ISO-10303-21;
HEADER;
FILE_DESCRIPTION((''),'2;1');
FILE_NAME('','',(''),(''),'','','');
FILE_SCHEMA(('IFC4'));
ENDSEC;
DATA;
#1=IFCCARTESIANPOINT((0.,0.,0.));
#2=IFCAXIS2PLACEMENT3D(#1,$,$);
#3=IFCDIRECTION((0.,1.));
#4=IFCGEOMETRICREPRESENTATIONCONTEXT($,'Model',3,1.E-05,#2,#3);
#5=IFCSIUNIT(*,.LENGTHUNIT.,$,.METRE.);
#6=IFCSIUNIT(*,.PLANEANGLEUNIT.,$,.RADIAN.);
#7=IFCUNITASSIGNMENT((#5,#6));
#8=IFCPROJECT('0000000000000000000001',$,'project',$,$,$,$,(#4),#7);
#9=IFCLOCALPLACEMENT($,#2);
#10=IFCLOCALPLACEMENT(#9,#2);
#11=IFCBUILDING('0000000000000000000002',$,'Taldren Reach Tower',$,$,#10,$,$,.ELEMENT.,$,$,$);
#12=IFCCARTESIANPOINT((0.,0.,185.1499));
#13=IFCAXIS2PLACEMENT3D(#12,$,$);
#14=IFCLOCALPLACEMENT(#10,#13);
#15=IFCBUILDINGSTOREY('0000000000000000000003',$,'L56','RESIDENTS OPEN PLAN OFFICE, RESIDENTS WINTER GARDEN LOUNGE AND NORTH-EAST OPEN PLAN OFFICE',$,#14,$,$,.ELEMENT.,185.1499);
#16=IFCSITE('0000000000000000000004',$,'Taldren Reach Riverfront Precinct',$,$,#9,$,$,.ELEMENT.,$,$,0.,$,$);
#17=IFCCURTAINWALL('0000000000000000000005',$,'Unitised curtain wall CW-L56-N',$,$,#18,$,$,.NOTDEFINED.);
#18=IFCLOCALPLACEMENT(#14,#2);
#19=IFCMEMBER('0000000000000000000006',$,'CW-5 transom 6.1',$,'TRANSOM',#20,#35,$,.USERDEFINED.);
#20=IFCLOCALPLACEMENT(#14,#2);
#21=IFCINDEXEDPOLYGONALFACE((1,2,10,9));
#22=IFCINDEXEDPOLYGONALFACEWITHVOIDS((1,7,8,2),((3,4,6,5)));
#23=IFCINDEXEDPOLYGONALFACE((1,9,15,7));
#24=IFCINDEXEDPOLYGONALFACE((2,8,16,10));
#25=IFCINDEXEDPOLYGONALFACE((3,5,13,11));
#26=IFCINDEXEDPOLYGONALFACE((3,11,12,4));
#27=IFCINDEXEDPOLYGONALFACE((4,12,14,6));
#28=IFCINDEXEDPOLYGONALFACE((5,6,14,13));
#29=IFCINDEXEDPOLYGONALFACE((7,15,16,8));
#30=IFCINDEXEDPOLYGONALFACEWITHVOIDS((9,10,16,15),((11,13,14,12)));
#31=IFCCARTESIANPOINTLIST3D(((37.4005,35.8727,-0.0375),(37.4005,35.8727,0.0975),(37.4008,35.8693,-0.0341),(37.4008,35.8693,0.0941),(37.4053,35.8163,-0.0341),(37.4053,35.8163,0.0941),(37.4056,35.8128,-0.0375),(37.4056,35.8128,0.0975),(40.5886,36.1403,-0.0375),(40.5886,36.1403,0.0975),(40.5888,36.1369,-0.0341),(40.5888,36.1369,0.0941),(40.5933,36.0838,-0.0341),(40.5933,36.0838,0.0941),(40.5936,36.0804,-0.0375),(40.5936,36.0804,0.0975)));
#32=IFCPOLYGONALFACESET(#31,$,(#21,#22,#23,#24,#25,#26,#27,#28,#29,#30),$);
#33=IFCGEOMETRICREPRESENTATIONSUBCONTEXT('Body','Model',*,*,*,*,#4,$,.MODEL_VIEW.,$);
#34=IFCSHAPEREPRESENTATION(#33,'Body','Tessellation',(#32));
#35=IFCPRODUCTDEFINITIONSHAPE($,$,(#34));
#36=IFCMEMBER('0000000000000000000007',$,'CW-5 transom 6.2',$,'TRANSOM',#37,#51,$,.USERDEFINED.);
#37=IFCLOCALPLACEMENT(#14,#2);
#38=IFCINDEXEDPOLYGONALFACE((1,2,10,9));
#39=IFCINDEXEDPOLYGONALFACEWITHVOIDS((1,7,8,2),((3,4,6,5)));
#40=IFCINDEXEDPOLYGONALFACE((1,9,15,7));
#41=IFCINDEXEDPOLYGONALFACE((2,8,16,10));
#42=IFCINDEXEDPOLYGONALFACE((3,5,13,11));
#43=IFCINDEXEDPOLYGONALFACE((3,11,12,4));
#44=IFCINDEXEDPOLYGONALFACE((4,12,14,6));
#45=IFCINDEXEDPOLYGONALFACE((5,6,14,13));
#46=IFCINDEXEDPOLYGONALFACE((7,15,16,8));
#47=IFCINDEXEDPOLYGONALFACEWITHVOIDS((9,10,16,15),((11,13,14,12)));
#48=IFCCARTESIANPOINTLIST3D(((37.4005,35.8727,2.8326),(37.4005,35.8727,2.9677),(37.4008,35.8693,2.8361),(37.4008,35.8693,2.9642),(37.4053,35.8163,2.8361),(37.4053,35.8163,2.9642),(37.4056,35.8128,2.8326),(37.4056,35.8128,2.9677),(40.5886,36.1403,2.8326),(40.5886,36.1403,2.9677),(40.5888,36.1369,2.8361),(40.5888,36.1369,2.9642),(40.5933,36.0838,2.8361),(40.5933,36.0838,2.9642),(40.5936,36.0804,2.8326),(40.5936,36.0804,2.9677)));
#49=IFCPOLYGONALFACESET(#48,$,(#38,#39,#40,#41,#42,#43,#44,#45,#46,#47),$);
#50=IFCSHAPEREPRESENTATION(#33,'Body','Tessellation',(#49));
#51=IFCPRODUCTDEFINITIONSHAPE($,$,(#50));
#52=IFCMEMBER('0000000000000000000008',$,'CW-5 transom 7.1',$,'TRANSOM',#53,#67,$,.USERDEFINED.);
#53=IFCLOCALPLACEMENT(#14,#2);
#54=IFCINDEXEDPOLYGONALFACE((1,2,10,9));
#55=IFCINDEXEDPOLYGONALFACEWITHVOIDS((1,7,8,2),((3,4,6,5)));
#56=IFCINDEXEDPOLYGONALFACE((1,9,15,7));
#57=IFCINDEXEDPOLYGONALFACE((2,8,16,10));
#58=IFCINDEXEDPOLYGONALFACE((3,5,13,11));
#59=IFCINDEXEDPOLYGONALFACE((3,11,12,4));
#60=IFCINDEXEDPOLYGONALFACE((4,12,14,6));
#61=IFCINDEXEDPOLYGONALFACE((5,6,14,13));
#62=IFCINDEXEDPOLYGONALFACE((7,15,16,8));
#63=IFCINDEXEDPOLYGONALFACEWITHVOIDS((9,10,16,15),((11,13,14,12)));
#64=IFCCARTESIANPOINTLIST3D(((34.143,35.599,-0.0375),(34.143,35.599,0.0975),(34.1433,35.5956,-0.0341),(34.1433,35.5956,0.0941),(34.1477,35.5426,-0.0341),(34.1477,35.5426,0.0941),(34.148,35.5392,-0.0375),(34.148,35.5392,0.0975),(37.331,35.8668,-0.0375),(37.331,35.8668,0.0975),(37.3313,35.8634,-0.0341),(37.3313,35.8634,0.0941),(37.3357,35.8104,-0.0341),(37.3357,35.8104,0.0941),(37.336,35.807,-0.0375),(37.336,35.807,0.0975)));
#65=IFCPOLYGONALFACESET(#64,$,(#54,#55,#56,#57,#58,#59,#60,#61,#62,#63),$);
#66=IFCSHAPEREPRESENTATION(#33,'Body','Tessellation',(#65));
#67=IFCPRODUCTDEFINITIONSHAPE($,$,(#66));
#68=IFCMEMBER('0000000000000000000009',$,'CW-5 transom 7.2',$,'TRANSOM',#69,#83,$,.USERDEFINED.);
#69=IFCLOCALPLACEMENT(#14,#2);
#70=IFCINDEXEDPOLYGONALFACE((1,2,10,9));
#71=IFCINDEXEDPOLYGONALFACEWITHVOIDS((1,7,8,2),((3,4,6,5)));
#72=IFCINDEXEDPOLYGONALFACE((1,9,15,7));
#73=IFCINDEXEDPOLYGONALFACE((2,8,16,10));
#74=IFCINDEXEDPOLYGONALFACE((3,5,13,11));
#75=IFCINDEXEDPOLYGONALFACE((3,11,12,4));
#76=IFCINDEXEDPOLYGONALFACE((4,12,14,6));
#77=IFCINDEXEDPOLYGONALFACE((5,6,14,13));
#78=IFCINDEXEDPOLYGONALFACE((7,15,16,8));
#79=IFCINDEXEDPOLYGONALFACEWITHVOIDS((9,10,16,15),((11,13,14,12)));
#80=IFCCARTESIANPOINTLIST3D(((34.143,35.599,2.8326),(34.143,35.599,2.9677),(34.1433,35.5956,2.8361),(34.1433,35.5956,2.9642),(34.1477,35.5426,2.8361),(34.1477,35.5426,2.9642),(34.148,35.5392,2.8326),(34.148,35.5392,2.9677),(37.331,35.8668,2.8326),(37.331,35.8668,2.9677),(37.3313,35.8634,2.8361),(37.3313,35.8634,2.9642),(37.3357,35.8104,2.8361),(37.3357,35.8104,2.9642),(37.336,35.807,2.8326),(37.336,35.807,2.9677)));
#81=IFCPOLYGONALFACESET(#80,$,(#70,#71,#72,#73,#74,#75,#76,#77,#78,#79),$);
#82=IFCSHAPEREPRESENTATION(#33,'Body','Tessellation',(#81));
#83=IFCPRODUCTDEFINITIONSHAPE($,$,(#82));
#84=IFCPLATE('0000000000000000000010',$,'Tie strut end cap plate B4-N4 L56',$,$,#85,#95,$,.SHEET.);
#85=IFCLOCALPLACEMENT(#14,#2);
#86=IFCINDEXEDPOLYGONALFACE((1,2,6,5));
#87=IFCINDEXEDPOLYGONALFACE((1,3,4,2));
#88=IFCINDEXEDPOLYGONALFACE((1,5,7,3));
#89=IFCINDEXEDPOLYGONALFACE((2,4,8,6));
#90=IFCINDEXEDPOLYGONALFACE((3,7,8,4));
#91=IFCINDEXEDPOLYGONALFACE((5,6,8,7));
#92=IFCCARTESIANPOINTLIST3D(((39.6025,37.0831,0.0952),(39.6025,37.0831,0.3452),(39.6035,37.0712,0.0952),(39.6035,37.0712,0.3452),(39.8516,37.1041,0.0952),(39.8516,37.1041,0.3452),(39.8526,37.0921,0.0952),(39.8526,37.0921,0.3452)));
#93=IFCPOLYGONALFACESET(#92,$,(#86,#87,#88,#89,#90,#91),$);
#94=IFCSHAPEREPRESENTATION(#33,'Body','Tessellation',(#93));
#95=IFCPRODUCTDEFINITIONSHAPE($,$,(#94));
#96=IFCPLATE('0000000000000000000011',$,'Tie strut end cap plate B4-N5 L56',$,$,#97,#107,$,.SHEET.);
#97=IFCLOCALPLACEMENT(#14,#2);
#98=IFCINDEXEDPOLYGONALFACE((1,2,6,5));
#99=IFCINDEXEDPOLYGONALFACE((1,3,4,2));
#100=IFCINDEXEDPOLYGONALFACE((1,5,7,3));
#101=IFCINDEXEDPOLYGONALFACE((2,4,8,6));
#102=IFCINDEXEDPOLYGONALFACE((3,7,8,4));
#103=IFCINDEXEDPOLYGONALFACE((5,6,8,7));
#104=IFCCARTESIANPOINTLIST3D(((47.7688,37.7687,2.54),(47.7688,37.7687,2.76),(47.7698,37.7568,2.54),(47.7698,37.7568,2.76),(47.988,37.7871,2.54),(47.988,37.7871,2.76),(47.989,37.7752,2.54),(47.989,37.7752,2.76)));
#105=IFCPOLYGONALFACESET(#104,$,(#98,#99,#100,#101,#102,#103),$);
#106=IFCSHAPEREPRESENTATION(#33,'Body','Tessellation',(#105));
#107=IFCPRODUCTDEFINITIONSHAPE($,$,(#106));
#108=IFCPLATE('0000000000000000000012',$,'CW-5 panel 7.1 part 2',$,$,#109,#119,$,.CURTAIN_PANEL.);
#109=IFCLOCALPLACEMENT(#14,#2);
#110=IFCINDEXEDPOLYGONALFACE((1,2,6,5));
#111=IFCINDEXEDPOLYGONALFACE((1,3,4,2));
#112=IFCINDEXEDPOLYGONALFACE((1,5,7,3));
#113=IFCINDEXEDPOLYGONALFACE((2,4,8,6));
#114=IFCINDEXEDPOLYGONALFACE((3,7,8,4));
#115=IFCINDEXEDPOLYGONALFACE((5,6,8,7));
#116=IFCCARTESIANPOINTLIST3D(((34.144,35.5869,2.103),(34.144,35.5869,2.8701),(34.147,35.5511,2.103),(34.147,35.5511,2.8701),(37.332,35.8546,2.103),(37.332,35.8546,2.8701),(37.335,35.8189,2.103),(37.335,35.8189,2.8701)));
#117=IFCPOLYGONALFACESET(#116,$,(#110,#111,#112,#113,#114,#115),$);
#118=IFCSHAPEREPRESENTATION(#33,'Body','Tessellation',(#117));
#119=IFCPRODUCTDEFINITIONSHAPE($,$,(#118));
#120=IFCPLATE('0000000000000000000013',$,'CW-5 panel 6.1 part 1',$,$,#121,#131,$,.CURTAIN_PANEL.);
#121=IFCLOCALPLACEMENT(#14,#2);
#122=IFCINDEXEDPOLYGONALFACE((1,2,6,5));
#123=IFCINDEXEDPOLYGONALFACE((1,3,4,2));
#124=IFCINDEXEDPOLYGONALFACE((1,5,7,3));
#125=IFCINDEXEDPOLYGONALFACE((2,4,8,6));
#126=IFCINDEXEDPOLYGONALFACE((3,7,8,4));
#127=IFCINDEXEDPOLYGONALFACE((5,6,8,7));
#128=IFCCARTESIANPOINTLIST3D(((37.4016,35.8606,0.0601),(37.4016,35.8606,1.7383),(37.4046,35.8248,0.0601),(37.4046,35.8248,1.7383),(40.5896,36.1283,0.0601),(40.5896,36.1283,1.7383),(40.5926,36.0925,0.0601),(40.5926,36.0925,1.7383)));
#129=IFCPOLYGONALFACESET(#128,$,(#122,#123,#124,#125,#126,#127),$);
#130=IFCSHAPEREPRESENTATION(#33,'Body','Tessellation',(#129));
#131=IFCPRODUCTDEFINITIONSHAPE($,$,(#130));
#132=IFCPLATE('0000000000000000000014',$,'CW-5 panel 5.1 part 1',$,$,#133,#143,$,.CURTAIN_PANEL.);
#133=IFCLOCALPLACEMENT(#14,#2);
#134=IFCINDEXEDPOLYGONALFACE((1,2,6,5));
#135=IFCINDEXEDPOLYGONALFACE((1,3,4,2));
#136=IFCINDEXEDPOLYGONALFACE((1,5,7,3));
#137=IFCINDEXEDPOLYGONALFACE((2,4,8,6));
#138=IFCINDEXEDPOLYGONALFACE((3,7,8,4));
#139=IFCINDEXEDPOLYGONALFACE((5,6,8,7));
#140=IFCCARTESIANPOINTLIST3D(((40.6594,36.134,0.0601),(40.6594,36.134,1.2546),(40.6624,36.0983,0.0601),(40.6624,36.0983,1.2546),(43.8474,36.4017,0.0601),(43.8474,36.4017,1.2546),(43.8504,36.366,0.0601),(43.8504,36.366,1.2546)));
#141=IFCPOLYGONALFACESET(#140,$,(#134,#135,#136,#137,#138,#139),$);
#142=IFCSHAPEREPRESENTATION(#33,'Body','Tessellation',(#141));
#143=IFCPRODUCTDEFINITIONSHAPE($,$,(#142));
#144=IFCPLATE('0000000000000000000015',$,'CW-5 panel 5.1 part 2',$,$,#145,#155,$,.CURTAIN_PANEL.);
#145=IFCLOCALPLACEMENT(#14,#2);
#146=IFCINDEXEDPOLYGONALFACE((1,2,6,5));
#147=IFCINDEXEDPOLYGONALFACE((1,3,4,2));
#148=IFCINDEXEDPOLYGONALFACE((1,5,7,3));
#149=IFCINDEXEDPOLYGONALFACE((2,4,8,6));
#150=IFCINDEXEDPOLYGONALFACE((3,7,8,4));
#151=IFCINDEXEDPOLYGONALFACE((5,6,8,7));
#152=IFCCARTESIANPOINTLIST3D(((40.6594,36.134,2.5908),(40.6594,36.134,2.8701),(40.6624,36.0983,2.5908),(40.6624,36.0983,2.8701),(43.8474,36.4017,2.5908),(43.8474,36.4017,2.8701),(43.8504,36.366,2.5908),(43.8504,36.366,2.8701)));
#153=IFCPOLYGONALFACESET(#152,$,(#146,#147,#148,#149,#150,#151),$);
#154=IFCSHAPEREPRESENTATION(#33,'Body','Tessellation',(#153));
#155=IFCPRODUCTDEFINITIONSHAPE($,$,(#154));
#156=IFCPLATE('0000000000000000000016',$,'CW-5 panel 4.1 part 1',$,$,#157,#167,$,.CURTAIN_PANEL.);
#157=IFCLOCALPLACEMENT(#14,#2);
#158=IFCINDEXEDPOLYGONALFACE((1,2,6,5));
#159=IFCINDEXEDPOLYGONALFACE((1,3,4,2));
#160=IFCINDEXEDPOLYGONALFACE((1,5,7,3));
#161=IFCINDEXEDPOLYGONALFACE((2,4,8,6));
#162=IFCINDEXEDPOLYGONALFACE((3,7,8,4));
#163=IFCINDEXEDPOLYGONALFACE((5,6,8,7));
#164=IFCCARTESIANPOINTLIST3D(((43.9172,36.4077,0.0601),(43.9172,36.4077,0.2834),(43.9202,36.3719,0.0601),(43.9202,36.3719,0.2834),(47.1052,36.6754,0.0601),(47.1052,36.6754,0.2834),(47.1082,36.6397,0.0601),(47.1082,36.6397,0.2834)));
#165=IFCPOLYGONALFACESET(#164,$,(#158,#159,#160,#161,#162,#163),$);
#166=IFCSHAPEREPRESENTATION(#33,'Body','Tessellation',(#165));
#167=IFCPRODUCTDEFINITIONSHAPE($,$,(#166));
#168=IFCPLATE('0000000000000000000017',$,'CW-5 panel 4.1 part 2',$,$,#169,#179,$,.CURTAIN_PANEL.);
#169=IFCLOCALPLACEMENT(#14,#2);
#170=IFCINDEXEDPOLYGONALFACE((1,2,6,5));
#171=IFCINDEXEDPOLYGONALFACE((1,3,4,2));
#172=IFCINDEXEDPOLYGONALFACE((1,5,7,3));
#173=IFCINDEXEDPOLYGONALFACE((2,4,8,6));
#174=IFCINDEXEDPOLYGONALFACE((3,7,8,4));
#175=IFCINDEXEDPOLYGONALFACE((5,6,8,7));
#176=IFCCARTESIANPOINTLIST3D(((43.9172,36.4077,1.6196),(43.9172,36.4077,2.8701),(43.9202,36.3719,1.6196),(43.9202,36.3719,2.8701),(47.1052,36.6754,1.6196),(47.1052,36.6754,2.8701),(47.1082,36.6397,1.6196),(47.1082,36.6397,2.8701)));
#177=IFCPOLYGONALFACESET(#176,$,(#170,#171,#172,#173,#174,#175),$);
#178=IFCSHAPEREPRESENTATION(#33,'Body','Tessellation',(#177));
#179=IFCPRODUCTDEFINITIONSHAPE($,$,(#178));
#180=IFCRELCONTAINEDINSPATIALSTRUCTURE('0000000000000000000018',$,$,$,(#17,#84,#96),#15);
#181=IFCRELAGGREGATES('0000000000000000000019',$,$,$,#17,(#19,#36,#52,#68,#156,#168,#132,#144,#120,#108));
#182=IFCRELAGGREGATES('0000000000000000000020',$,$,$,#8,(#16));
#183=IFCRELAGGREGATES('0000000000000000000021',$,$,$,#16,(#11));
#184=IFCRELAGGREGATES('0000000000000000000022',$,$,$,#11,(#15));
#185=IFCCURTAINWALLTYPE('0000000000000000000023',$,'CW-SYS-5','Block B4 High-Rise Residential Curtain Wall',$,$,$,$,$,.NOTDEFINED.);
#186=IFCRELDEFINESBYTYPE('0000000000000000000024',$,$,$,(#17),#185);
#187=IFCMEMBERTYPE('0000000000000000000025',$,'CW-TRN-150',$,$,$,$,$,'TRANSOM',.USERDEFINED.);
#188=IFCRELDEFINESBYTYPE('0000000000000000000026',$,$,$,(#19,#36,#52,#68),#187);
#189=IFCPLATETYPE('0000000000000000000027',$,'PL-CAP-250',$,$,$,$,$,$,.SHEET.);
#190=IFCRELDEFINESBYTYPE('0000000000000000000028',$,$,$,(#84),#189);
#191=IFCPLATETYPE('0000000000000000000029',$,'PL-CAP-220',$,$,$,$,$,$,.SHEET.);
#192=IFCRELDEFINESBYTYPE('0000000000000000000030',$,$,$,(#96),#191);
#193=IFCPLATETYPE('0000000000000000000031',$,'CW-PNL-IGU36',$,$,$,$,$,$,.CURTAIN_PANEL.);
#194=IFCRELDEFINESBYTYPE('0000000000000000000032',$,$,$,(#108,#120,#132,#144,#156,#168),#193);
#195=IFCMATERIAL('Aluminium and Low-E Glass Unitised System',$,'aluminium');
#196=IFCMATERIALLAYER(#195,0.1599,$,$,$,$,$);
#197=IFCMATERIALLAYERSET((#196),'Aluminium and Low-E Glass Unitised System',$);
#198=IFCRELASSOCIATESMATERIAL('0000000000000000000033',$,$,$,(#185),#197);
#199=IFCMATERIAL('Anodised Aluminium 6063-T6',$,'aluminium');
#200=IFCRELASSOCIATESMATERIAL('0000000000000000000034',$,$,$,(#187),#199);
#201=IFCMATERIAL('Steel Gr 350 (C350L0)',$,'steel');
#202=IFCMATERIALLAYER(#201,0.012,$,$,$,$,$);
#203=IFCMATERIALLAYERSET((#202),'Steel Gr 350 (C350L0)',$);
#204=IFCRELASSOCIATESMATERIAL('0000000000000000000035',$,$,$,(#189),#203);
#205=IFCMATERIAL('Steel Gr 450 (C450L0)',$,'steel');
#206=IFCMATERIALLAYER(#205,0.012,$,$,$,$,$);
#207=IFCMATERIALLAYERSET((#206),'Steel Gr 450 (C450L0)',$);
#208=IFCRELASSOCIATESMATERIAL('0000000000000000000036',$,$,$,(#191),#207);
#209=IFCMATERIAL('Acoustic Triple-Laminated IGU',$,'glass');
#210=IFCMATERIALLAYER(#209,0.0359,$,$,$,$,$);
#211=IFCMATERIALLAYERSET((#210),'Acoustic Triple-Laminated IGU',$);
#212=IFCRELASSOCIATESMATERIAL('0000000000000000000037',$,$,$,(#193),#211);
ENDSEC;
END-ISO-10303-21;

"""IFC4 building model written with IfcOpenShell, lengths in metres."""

from ifc_helpers import new_model, si_unit, direction, frame, origin, origin_2d, place, context, subcontext, project, spatial, rectangle, hollow_rectangle, extrude, source, transform, mapped, material, layer, layer_set, material_profile, profile_set, type_object, element, aggregate, save


model = new_model("IFC4")

# Units and contexts
model_context = context("Model", 3, precision=1e-05, world=origin(), true_north=direction((0.0, 1.0)))
body_context = subcontext(model_context, "Body", "Model", "MODEL_VIEW")
ifc_project = project(units=[si_unit("LENGTHUNIT", "METRE"), si_unit("PLANEANGLEUNIT", "RADIAN")], contexts=[model_context])

# Site, building, storey
site_placement = place(None, origin())
site = spatial("IfcSite", under=ifc_project, at=site_placement, Name="Taldren Reach Riverfront Precinct", CompositionType="ELEMENT", RefElevation=0.0)
building_placement = place(site_placement, origin())
building = spatial("IfcBuilding", under=site, at=building_placement, Name="Taldren Reach Tower", CompositionType="ELEMENT")
storey_placement = place(building_placement, frame((0.0, 0.0, 185.1499)))
storey = spatial("IfcBuildingStorey", under=building, at=storey_placement, Name="L56", Description="RESIDENTS OPEN PLAN OFFICE, RESIDENTS WINTER GARDEN LOUNGE AND NORTH-EAST OPEN PLAN OFFICE", CompositionType="ELEMENT", Elevation=185.1499)

# Shared definitions
ifc_material_1 = material(Name="Steel Gr 350 (C350L0)", Category="steel")

# Shared definitions
ifc_material_2 = material(Name="Steel Gr 450 (C450L0)", Category="steel")

# Curtain wall, members
ifc_material_3 = material(Name="Aluminium and Low-E Glass Unitised System", Category="aluminium")
ifc_layer_1 = layer(ifc_material_3, 0.1599)
ifc_layer_set_1 = layer_set([ifc_layer_1], Name="Aluminium and Low-E Glass Unitised System")
curtain_wall_type = type_object("IfcCurtainWallType", Name="CW-SYS-5", Description="Block B4 High-Rise Residential Curtain Wall", PredefinedType="NOTDEFINED", material=ifc_layer_set_1)
curtain_wall_placement = place(storey_placement, origin())
curtain_wall = element("IfcCurtainWall", 1, at=curtain_wall_placement, inside=storey, type_object=curtain_wall_type, Name="Unitised curtain wall CW-L56-N", PredefinedType="NOTDEFINED")
ifc_material_4 = material(Name="Anodised Aluminium 6063-T6", Category="aluminium")
ifc_material_profile_1 = material_profile(ifc_material_4, hollow_rectangle(XDim=0.0601, YDim=0.135, WallThickness=0.0034, at=origin_2d()), Name="ALU-135x60x3.5RHS")
ifc_profile_set_1 = profile_set([ifc_material_profile_1], Name="Anodised Aluminium 6063-T6")
member_type_1 = type_object("IfcMemberType", Name="CW-TRN-150", ElementType="TRANSOM", PredefinedType="USERDEFINED", material=ifc_profile_set_1)
shared_shape_1 = source(origin(), body_context, "Body", "SweptSolid", [
    extrude(hollow_rectangle(XDim=0.0601, YDim=0.135, WallThickness=0.0034, at=origin_2d()), origin(), (0.0, 0.0, 1.0), 3.1992),
])
member_1_placement = place(storey_placement, frame((40.5911, 36.1104, 0.03), z_axis=(-0.996496, -0.083639, 0.0), x_axis=(0.083639, -0.996496, 0.0)))
member_1 = element("IfcMember", 2, at=member_1_placement, type_object=member_type_1, Name="CW-5 transom 6.1", ObjectType="TRANSOM", PredefinedType="USERDEFINED", context=body_context, shape_type="MappedRepresentation", body=[
    mapped(shared_shape_1, transform((0.0, 0.0, 0.0), scale=1.0)),
])
member_2_placement = place(storey_placement, frame((40.5911, 36.1104, 2.9001), z_axis=(-0.996496, -0.083639, 0.0), x_axis=(0.083639, -0.996496, 0.0)))
member_2 = element("IfcMember", 3, at=member_2_placement, type_object=member_type_1, Name="CW-5 transom 6.2", ObjectType="TRANSOM", PredefinedType="USERDEFINED", context=body_context, shape_type="MappedRepresentation", body=[
    mapped(shared_shape_1, transform((0.0, 0.0, 0.0), scale=1.0)),
])
member_3_placement = place(storey_placement, frame((37.3335, 35.8369, 0.03), z_axis=(-0.99649, -0.083715, 0.0), x_axis=(0.083715, -0.99649, 0.0)))
member_3 = element("IfcMember", 4, at=member_3_placement, type_object=member_type_1, Name="CW-5 transom 7.1", ObjectType="TRANSOM", PredefinedType="USERDEFINED", context=body_context, shape_type="MappedRepresentation", body=[
    mapped(shared_shape_1, transform((0.0, 0.0, 0.0), scale=1.0)),
])
member_4_placement = place(storey_placement, frame((37.3335, 35.8369, 2.9001), z_axis=(-0.99649, -0.083715, 0.0), x_axis=(0.083715, -0.99649, 0.0)))
member_4 = element("IfcMember", 5, at=member_4_placement, type_object=member_type_1, Name="CW-5 transom 7.2", ObjectType="TRANSOM", PredefinedType="USERDEFINED", context=body_context, shape_type="MappedRepresentation", body=[
    mapped(shared_shape_1, transform((0.0, 0.0, 0.0), scale=1.0)),
])

# Plates
ifc_layer_2 = layer(ifc_material_1, 0.012)
ifc_layer_set_2 = layer_set([ifc_layer_2], Name="Steel Gr 350 (C350L0)")
plate_type_1 = type_object("IfcPlateType", Name="PL-CAP-250", PredefinedType="SHEET", material=ifc_layer_set_2)
shared_shape_2 = source(origin(), body_context, "Body", "SweptSolid", [
    extrude(rectangle(XDim=0.25, YDim=0.012, at=origin_2d()), origin(), (0.0, 0.0, 1.0), 0.25),
])
plate_1_placement = place(storey_placement, frame((39.7275, 37.0876, 0.0952), z_axis=(0.0, 0.0, 1.0), x_axis=(0.996493, 0.083678, 0.0)))
element("IfcPlate", 6, at=plate_1_placement, inside=storey, type_object=plate_type_1, Name="Tie strut end cap plate B4-N4 L56", PredefinedType="SHEET", context=body_context, shape_type="MappedRepresentation", body=[
    mapped(shared_shape_2, transform((0.0, 0.0, 0.0), scale=1.0)),
])
ifc_layer_3 = layer(ifc_material_2, 0.012)
ifc_layer_set_3 = layer_set([ifc_layer_3], Name="Steel Gr 450 (C450L0)")
plate_type_2 = type_object("IfcPlateType", Name="PL-CAP-220", PredefinedType="SHEET", material=ifc_layer_set_3)
shared_shape_3 = source(origin(), body_context, "Body", "SweptSolid", [
    extrude(rectangle(XDim=0.22, YDim=0.012, at=origin_2d()), origin(), (0.0, 0.0, 1.0), 0.22),
])
plate_2_placement = place(storey_placement, frame((47.8789, 37.772, 2.54), z_axis=(0.0, 0.0, 1.0), x_axis=(0.996493, 0.083678, 0.0)))
element("IfcPlate", 7, at=plate_2_placement, inside=storey, type_object=plate_type_2, Name="Tie strut end cap plate B4-N5 L56", PredefinedType="SHEET", context=body_context, shape_type="MappedRepresentation", body=[
    mapped(shared_shape_3, transform((0.0, 0.0, 0.0), scale=1.0)),
])

# Plates
ifc_material_5 = material(Name="Acoustic Triple-Laminated IGU", Category="glass")
ifc_layer_4 = layer(ifc_material_5, 0.0359)
ifc_layer_set_4 = layer_set([ifc_layer_4], Name="Acoustic Triple-Laminated IGU")
plate_type_3 = type_object("IfcPlateType", Name="CW-PNL-IGU36", PredefinedType="CURTAIN_PANEL", material=ifc_layer_set_4)
shared_shape_4 = source(origin(), body_context, "Body", "SweptSolid", [
    extrude(rectangle(XDim=3.1992, YDim=0.0359, at=origin_2d()), origin(), (0.0, 0.0, 1.0), 0.7671),
])
plate_3_placement = place(storey_placement, frame((35.7395, 35.7029, 2.103), z_axis=(0.0, 0.0, 1.0), x_axis=(-0.996493, -0.083678, 0.0)))
plate_3 = element("IfcPlate", 8, at=plate_3_placement, type_object=plate_type_3, Name="CW-5 panel 7.1 part 2", PredefinedType="CURTAIN_PANEL", context=body_context, shape_type="MappedRepresentation", body=[
    mapped(shared_shape_4, transform((0.0, 0.0, 0.0), scale=1.0)),
])
shared_shape_5 = source(origin(), body_context, "Body", "SweptSolid", [
    extrude(rectangle(XDim=3.1992, YDim=0.0359, at=origin_2d()), origin(), (0.0, 0.0, 1.0), 1.6782),
])
plate_4_placement = place(storey_placement, frame((38.9971, 35.9766, 0.0601), z_axis=(0.0, 0.0, 1.0), x_axis=(-0.996493, -0.083678, 0.0)))
plate_4 = element("IfcPlate", 9, at=plate_4_placement, type_object=plate_type_3, Name="CW-5 panel 6.1 part 1", PredefinedType="CURTAIN_PANEL", context=body_context, shape_type="MappedRepresentation", body=[
    mapped(shared_shape_5, transform((0.0, 0.0, 0.0), scale=1.0)),
])
shared_shape_6 = source(origin(), body_context, "Body", "SweptSolid", [
    extrude(rectangle(XDim=3.1992, YDim=0.0359, at=origin_2d()), origin(), (0.0, 0.0, 1.0), 1.1946),
])
plate_5_placement = place(storey_placement, frame((42.2549, 36.25, 0.0601), z_axis=(0.0, 0.0, 1.0), x_axis=(-0.996493, -0.083678, 0.0)))
plate_5 = element("IfcPlate", 10, at=plate_5_placement, type_object=plate_type_3, Name="CW-5 panel 5.1 part 1", PredefinedType="CURTAIN_PANEL", context=body_context, shape_type="MappedRepresentation", body=[
    mapped(shared_shape_6, transform((0.0, 0.0, 0.0), scale=1.0)),
])
shared_shape_7 = source(origin(), body_context, "Body", "SweptSolid", [
    extrude(rectangle(XDim=3.1992, YDim=0.0359, at=origin_2d()), origin(), (0.0, 0.0, 1.0), 0.2793),
])
plate_6_placement = place(storey_placement, frame((42.2549, 36.25, 2.5908), z_axis=(0.0, 0.0, 1.0), x_axis=(-0.996493, -0.083678, 0.0)))
plate_6 = element("IfcPlate", 11, at=plate_6_placement, type_object=plate_type_3, Name="CW-5 panel 5.1 part 2", PredefinedType="CURTAIN_PANEL", context=body_context, shape_type="MappedRepresentation", body=[
    mapped(shared_shape_7, transform((0.0, 0.0, 0.0), scale=1.0)),
])
shared_shape_8 = source(origin(), body_context, "Body", "SweptSolid", [
    extrude(rectangle(XDim=3.1992, YDim=0.0359, at=origin_2d()), origin(), (0.0, 0.0, 1.0), 0.2234),
])
plate_7_placement = place(storey_placement, frame((45.5127, 36.5237, 0.0601), z_axis=(0.0, 0.0, 1.0), x_axis=(-0.996493, -0.083678, 0.0)))
plate_7 = element("IfcPlate", 12, at=plate_7_placement, type_object=plate_type_3, Name="CW-5 panel 4.1 part 1", PredefinedType="CURTAIN_PANEL", context=body_context, shape_type="MappedRepresentation", body=[
    mapped(shared_shape_8, transform((0.0, 0.0, 0.0), scale=1.0)),
])
shared_shape_9 = source(origin(), body_context, "Body", "SweptSolid", [
    extrude(rectangle(XDim=3.1992, YDim=0.0359, at=origin_2d()), origin(), (0.0, 0.0, 1.0), 1.2505),
])
plate_8_placement = place(storey_placement, frame((45.5127, 36.5237, 1.6196), z_axis=(0.0, 0.0, 1.0), x_axis=(-0.996493, -0.083678, 0.0)))
plate_8 = element("IfcPlate", 13, at=plate_8_placement, type_object=plate_type_3, Name="CW-5 panel 4.1 part 2", PredefinedType="CURTAIN_PANEL", context=body_context, shape_type="MappedRepresentation", body=[
    mapped(shared_shape_9, transform((0.0, 0.0, 0.0), scale=1.0)),
])
aggregate(curtain_wall, [member_1, member_2, member_3, member_4, plate_7, plate_8, plate_5, plate_6, plate_4, plate_3])

save(model, "model.ifc")
